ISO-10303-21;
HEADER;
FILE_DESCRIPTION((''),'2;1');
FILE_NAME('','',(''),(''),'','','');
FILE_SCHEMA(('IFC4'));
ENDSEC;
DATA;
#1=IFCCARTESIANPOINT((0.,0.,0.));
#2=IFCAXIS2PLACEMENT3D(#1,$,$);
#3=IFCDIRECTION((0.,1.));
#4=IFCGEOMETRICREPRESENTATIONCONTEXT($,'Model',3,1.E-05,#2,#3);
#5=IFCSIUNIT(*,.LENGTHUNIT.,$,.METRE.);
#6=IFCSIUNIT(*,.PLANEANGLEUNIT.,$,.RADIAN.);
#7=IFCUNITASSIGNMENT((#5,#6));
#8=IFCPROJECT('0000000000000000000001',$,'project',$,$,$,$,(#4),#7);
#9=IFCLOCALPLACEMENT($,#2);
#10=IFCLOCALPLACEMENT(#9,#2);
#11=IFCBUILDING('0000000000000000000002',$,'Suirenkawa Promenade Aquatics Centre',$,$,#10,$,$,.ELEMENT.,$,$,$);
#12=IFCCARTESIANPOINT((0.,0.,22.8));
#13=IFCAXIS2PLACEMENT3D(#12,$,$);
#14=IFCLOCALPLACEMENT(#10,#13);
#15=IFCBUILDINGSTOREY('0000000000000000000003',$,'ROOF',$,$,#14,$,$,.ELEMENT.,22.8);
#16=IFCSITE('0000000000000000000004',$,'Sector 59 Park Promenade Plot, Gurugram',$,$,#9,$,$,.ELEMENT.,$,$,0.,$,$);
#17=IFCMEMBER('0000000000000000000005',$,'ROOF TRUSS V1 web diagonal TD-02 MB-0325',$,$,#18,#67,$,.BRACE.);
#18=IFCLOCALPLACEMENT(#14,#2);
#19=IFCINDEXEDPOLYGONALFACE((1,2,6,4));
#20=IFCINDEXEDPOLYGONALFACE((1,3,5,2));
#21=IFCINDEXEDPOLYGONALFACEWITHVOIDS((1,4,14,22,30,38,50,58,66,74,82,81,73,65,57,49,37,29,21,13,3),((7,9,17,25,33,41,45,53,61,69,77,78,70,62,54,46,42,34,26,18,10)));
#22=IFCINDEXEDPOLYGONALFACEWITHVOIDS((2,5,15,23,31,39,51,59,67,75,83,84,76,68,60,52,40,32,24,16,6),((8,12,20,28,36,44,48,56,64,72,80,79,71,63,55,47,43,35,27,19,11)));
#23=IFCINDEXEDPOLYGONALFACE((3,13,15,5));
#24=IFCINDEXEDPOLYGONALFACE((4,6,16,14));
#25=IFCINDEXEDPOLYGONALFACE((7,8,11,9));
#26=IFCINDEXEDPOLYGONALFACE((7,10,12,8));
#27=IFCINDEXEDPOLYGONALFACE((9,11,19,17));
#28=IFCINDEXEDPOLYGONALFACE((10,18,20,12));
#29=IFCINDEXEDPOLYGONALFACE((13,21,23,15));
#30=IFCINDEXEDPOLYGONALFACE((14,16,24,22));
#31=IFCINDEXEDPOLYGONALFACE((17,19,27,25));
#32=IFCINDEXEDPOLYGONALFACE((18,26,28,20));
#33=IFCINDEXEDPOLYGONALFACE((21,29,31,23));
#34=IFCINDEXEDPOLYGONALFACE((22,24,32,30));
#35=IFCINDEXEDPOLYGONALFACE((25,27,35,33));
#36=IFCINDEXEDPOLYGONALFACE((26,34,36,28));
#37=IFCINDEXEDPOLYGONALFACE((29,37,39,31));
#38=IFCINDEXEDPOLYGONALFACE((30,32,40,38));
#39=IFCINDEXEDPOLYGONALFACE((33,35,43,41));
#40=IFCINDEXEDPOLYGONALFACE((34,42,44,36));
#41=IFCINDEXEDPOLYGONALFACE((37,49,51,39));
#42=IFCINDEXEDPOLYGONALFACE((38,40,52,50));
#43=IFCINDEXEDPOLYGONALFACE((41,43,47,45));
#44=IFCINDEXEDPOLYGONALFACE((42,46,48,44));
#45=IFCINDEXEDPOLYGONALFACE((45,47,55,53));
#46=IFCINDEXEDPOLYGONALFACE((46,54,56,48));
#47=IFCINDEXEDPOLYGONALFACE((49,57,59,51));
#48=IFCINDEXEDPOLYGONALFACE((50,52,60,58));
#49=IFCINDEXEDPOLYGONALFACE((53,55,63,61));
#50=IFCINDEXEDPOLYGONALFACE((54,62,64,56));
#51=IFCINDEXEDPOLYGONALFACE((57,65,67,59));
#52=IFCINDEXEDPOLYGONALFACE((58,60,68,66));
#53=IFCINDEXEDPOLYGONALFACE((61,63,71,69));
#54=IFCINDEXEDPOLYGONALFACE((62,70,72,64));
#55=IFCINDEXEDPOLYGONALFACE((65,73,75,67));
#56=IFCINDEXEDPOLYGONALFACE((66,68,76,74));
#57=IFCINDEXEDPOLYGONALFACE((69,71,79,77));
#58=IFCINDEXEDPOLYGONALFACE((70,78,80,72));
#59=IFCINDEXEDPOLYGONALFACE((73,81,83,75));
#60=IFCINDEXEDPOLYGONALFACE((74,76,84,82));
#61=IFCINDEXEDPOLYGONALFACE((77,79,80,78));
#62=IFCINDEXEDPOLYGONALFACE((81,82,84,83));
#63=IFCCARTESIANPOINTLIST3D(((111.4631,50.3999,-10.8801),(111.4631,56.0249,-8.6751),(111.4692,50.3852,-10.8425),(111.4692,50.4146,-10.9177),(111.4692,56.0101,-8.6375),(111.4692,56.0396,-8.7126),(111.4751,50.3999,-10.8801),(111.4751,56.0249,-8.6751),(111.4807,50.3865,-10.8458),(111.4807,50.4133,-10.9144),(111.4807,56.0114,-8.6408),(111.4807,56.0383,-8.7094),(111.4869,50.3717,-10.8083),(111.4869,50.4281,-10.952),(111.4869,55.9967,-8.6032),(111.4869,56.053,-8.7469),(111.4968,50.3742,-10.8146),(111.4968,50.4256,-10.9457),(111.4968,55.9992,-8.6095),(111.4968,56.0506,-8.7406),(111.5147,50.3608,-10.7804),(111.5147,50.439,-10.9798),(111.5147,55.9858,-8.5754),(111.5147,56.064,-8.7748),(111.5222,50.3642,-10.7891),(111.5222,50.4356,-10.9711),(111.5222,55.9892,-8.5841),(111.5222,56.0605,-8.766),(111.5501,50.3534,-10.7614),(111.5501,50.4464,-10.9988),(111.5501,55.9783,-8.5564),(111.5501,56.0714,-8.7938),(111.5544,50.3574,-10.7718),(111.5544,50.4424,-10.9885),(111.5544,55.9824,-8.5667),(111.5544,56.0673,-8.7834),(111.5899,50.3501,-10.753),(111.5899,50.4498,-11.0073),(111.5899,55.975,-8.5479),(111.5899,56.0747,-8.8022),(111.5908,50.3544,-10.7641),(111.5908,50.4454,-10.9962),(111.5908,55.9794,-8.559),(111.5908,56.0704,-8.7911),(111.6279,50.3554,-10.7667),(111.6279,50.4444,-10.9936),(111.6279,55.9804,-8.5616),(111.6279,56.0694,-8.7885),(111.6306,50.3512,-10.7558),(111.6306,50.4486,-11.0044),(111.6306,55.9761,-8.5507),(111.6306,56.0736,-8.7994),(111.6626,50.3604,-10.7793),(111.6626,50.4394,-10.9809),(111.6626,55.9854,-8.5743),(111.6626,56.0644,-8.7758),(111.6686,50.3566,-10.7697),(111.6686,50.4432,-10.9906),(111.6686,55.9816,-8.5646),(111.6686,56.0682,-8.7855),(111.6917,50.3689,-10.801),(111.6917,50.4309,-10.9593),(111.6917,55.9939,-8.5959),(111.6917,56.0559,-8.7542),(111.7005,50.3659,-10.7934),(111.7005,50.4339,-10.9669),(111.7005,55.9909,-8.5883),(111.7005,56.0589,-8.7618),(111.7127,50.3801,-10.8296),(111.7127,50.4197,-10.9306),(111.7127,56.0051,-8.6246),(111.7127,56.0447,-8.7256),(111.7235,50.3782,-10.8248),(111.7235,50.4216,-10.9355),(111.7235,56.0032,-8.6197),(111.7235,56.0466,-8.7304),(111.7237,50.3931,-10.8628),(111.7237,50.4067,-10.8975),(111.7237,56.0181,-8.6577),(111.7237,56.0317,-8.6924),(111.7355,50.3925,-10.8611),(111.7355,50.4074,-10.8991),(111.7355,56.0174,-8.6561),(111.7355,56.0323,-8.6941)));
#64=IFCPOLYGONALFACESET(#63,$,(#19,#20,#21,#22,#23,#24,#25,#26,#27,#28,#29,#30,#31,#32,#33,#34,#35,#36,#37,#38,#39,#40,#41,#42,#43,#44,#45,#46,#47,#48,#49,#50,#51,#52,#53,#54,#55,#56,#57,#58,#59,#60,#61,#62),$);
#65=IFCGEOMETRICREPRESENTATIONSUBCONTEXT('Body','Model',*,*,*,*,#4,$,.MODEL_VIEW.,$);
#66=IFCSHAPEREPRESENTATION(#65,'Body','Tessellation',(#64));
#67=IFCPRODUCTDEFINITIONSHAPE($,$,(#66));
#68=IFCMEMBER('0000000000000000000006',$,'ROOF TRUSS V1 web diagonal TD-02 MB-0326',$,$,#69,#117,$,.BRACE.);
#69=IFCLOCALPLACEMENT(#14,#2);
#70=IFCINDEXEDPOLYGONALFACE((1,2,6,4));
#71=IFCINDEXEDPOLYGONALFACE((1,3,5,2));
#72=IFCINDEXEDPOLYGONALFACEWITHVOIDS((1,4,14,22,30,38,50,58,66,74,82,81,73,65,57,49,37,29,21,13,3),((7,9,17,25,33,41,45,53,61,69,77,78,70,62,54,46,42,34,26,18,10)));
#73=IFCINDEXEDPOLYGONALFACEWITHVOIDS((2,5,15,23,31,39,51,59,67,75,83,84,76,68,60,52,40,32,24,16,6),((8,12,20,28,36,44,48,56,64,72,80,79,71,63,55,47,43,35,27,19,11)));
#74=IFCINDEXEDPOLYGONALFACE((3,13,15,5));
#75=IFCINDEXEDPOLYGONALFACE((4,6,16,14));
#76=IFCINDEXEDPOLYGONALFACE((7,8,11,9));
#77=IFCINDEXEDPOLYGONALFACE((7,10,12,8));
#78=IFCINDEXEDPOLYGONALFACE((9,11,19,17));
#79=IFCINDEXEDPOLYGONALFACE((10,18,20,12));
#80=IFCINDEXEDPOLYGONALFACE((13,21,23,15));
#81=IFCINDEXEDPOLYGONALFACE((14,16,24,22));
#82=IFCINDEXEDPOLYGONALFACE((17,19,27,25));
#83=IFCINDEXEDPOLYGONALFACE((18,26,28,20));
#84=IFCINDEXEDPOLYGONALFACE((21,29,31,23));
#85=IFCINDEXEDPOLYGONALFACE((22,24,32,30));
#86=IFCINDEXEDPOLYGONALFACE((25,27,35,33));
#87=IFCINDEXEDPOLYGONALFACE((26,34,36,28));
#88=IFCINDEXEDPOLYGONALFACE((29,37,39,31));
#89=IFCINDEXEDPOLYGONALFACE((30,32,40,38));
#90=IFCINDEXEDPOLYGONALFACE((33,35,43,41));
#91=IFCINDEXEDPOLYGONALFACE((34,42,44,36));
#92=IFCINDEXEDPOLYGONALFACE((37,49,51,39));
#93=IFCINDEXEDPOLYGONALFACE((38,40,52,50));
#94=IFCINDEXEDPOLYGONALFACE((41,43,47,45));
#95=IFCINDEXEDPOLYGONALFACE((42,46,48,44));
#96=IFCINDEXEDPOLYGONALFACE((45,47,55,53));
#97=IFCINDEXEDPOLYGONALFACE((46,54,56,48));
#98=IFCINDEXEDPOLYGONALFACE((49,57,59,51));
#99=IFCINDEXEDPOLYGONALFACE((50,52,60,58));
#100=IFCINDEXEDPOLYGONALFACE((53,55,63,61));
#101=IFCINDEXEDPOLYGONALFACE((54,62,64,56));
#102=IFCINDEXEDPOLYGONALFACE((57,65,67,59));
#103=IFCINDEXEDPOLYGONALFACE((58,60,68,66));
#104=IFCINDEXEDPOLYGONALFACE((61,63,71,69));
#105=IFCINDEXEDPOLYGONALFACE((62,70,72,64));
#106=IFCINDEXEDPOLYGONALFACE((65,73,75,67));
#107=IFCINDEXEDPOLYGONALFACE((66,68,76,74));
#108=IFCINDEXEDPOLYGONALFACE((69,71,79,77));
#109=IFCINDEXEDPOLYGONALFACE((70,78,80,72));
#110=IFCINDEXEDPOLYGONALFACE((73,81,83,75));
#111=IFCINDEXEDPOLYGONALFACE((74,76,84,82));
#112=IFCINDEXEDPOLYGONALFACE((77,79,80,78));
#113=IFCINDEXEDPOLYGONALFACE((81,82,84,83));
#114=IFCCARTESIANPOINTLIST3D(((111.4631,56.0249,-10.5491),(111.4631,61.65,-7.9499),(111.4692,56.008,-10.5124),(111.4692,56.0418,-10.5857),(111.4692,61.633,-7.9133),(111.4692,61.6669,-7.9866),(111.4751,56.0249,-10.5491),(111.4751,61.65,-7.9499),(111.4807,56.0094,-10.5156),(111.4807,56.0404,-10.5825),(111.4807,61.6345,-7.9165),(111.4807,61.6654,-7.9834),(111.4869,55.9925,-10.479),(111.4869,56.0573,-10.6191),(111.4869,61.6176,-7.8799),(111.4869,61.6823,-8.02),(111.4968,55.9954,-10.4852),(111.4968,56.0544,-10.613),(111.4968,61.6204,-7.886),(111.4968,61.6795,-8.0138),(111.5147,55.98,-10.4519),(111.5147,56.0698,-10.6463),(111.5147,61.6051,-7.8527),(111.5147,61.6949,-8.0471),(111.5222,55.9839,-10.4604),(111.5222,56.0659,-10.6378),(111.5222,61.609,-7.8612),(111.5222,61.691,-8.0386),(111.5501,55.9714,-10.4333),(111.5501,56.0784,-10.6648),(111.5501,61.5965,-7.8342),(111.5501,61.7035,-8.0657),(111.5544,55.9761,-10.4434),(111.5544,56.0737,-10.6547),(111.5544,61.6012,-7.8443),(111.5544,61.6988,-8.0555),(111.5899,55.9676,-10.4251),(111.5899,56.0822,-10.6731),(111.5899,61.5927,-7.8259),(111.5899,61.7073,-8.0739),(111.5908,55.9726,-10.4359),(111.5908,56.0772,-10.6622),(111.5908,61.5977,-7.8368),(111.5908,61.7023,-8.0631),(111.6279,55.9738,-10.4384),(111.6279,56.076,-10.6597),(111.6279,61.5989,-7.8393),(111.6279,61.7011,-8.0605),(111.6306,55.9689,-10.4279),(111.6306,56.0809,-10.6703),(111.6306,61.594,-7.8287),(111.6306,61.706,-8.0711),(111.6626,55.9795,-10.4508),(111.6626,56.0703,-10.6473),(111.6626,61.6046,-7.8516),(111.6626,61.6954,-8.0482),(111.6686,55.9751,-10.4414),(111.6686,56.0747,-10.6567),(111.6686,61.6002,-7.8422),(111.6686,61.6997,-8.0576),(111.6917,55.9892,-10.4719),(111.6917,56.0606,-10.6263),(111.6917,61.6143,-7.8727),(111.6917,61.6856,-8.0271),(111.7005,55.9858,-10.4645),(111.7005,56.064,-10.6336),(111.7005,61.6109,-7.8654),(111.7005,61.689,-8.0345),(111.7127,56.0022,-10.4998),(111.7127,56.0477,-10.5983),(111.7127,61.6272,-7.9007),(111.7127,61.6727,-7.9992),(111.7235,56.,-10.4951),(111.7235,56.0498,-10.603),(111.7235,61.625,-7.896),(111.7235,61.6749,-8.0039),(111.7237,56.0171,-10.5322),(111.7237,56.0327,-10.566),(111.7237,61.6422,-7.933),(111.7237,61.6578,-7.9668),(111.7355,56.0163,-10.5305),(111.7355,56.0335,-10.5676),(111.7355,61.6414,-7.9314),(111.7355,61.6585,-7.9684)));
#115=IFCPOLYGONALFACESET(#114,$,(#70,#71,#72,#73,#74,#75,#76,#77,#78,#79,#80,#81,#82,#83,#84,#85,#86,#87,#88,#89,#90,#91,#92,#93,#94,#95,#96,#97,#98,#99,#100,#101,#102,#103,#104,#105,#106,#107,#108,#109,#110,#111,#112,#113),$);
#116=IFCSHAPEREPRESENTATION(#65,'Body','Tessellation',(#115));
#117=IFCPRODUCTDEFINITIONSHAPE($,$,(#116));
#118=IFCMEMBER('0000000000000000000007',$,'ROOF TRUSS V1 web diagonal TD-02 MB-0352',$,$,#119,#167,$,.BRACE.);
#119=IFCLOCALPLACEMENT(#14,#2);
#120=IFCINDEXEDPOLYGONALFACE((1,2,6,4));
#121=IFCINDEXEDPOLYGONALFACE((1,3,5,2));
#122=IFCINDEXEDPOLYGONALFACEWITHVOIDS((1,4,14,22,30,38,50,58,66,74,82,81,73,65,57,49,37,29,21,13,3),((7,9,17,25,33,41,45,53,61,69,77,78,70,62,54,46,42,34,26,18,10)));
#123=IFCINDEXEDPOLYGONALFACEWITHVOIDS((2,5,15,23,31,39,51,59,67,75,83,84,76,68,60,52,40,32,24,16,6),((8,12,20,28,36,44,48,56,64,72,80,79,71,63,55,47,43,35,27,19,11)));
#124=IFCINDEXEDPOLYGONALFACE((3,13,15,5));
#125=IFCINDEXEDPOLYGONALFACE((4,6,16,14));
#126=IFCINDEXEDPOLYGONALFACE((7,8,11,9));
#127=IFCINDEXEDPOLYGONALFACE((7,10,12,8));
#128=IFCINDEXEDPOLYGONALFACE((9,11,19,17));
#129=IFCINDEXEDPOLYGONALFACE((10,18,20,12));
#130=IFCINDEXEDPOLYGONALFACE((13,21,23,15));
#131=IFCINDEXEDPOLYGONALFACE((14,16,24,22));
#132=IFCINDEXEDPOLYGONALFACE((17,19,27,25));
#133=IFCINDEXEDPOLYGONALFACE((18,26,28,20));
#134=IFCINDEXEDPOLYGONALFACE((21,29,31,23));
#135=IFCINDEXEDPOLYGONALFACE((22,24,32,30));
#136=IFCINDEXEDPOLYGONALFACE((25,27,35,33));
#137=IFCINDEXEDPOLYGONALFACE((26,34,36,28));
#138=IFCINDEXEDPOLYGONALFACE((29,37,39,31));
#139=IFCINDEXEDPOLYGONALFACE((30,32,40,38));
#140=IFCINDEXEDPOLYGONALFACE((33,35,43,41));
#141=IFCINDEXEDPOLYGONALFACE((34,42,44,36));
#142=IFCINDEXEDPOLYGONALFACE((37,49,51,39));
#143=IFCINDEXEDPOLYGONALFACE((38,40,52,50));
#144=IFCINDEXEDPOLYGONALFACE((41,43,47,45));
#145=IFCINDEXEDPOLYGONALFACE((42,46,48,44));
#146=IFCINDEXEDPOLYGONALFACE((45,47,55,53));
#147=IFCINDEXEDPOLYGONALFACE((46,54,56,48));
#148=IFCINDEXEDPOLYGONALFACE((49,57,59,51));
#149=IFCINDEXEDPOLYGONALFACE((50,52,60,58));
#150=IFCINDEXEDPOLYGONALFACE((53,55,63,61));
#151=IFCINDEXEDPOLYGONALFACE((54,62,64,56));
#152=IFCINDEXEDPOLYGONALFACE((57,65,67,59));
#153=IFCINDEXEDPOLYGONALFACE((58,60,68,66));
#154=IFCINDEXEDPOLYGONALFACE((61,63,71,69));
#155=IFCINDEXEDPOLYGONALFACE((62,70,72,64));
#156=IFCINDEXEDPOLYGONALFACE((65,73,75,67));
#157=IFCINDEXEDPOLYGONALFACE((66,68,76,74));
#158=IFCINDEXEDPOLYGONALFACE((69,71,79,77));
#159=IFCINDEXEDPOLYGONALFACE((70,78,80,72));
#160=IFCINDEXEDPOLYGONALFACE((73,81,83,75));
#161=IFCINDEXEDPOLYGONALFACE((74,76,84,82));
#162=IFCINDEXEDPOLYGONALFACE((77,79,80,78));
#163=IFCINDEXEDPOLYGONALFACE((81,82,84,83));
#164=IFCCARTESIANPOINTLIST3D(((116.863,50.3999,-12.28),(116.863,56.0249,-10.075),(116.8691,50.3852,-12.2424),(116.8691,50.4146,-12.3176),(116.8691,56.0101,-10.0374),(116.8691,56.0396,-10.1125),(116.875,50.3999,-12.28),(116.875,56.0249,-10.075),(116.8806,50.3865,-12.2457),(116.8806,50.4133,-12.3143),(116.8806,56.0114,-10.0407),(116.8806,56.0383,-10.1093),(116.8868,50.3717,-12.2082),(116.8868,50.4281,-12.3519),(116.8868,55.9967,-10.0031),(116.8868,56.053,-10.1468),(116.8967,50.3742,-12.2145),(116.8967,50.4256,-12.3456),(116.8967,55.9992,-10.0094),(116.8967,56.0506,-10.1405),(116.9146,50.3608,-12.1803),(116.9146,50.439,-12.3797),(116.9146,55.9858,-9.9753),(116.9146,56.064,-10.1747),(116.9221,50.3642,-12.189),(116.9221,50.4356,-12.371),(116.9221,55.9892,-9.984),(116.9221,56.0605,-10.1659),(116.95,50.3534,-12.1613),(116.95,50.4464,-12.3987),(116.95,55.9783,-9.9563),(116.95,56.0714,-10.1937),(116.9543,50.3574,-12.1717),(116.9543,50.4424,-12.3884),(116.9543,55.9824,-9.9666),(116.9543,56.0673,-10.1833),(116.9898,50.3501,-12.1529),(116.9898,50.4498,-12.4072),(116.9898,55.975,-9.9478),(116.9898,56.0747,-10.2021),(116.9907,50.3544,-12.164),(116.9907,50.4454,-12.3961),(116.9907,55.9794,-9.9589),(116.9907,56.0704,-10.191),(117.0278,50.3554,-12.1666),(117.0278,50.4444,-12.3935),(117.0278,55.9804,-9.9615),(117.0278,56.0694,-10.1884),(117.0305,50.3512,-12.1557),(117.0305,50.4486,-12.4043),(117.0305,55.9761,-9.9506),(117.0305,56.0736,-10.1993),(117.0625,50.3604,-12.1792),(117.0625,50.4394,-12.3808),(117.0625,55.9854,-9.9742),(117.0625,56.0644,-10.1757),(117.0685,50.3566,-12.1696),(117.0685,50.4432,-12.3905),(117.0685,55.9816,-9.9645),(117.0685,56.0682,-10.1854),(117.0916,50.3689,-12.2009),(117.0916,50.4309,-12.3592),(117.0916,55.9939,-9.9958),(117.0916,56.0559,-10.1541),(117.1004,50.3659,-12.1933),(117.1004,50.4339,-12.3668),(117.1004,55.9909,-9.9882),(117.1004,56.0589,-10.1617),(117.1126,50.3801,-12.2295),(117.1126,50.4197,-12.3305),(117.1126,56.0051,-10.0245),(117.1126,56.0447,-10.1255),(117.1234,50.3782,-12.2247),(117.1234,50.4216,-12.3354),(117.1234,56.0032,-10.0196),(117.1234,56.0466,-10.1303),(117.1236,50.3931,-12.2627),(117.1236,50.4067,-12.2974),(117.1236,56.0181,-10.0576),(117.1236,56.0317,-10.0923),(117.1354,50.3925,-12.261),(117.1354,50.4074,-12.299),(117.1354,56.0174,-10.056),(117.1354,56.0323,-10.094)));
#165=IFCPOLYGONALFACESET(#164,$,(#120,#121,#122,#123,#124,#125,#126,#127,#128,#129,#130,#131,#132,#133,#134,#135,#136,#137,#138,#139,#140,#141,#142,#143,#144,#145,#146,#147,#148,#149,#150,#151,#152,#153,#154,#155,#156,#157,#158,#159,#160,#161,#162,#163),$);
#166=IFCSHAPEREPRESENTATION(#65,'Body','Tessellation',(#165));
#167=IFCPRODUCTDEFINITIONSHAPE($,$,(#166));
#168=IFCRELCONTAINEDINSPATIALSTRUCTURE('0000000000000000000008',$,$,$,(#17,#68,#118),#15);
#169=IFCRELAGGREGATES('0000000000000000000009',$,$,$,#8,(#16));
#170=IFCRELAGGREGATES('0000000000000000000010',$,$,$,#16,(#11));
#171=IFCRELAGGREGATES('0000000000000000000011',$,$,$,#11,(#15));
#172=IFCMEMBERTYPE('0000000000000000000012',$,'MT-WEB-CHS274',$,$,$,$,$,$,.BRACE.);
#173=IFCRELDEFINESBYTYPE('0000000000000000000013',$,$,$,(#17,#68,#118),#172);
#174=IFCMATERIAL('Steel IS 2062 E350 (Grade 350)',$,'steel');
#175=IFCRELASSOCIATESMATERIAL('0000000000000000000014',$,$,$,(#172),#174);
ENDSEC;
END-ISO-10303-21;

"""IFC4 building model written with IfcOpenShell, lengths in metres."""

from ifc_helpers import new_model, si_unit, direction, frame, origin, origin_2d, place, context, subcontext, project, spatial, hollow_circle, extrude, material, material_profile, profile_set, type_object, element, save


model = new_model("IFC4")

# Units and contexts
model_context = context("Model", 3, precision=1e-05, world=origin(), true_north=direction((0.0, 1.0)))
body_context = subcontext(model_context, "Body", "Model", "MODEL_VIEW")
ifc_project = project(units=[si_unit("LENGTHUNIT", "METRE"), si_unit("PLANEANGLEUNIT", "RADIAN")], contexts=[model_context])

# Site, building, storey
site_placement = place(None, origin())
site = spatial("IfcSite", under=ifc_project, at=site_placement, Name="Sector 59 Park Promenade Plot, Gurugram", CompositionType="ELEMENT", RefElevation=0.0)
building_placement = place(site_placement, origin())
building = spatial("IfcBuilding", under=site, at=building_placement, Name="Suirenkawa Promenade Aquatics Centre", CompositionType="ELEMENT")
storey_placement = place(building_placement, frame((0.0, 0.0, 22.8)))
storey = spatial("IfcBuildingStorey", under=building, at=storey_placement, Name="ROOF", CompositionType="ELEMENT", Elevation=22.8)

# Shared definitions
ifc_material_1 = material(Name="Steel IS 2062 E350 (Grade 350)", Category="steel")

# Members
ifc_material_profile_1 = material_profile(ifc_material_1, hollow_circle(Radius=0.137, WallThickness=0.012, at=origin_2d()), Name="CHS 274x12", Category="steel")
ifc_profile_set_1 = profile_set([ifc_material_profile_1], Name="Steel IS 2062 E350 (Grade 350)")
member_type_1 = type_object("IfcMemberType", Name="MT-WEB-CHS274", PredefinedType="BRACE", material=ifc_profile_set_1)
member_1_placement = place(storey_placement, frame((111.6001, 50.3999, -10.8801), z_axis=(0.0, 0.931018, 0.364972), x_axis=(-1.0, 0.0, 0.0)))
element("IfcMember", 1, at=member_1_placement, inside=storey, type_object=member_type_1, Name="ROOF TRUSS V1 web diagonal TD-02 MB-0325", PredefinedType="BRACE", context=body_context, shape_type="SweptSolid", body=[
    extrude(hollow_circle(Radius=0.137, WallThickness=0.012, at=origin_2d()), origin(), (0.0, 0.0, 1.0), 6.0417),
])
member_2_placement = place(storey_placement, frame((111.6001, 56.0249, -10.5491), z_axis=(0.0, 0.907777, 0.419453), x_axis=(-1.0, 0.0, 0.0)))
element("IfcMember", 2, at=member_2_placement, inside=storey, type_object=member_type_1, Name="ROOF TRUSS V1 web diagonal TD-02 MB-0326", PredefinedType="BRACE", context=body_context, shape_type="SweptSolid", body=[
    extrude(hollow_circle(Radius=0.137, WallThickness=0.012, at=origin_2d()), origin(), (0.0, 0.0, 1.0), 6.1965),
])
member_3_placement = place(storey_placement, frame((117.0, 50.3999, -12.28), z_axis=(0.0, 0.931018, 0.364972), x_axis=(-1.0, 0.0, 0.0)))
element("IfcMember", 3, at=member_3_placement, inside=storey, type_object=member_type_1, Name="ROOF TRUSS V1 web diagonal TD-02 MB-0352", PredefinedType="BRACE", context=body_context, shape_type="SweptSolid", body=[
    extrude(hollow_circle(Radius=0.137, WallThickness=0.012, at=origin_2d()), origin(), (0.0, 0.0, 1.0), 6.0417),
])

save(model, "model.ifc")
